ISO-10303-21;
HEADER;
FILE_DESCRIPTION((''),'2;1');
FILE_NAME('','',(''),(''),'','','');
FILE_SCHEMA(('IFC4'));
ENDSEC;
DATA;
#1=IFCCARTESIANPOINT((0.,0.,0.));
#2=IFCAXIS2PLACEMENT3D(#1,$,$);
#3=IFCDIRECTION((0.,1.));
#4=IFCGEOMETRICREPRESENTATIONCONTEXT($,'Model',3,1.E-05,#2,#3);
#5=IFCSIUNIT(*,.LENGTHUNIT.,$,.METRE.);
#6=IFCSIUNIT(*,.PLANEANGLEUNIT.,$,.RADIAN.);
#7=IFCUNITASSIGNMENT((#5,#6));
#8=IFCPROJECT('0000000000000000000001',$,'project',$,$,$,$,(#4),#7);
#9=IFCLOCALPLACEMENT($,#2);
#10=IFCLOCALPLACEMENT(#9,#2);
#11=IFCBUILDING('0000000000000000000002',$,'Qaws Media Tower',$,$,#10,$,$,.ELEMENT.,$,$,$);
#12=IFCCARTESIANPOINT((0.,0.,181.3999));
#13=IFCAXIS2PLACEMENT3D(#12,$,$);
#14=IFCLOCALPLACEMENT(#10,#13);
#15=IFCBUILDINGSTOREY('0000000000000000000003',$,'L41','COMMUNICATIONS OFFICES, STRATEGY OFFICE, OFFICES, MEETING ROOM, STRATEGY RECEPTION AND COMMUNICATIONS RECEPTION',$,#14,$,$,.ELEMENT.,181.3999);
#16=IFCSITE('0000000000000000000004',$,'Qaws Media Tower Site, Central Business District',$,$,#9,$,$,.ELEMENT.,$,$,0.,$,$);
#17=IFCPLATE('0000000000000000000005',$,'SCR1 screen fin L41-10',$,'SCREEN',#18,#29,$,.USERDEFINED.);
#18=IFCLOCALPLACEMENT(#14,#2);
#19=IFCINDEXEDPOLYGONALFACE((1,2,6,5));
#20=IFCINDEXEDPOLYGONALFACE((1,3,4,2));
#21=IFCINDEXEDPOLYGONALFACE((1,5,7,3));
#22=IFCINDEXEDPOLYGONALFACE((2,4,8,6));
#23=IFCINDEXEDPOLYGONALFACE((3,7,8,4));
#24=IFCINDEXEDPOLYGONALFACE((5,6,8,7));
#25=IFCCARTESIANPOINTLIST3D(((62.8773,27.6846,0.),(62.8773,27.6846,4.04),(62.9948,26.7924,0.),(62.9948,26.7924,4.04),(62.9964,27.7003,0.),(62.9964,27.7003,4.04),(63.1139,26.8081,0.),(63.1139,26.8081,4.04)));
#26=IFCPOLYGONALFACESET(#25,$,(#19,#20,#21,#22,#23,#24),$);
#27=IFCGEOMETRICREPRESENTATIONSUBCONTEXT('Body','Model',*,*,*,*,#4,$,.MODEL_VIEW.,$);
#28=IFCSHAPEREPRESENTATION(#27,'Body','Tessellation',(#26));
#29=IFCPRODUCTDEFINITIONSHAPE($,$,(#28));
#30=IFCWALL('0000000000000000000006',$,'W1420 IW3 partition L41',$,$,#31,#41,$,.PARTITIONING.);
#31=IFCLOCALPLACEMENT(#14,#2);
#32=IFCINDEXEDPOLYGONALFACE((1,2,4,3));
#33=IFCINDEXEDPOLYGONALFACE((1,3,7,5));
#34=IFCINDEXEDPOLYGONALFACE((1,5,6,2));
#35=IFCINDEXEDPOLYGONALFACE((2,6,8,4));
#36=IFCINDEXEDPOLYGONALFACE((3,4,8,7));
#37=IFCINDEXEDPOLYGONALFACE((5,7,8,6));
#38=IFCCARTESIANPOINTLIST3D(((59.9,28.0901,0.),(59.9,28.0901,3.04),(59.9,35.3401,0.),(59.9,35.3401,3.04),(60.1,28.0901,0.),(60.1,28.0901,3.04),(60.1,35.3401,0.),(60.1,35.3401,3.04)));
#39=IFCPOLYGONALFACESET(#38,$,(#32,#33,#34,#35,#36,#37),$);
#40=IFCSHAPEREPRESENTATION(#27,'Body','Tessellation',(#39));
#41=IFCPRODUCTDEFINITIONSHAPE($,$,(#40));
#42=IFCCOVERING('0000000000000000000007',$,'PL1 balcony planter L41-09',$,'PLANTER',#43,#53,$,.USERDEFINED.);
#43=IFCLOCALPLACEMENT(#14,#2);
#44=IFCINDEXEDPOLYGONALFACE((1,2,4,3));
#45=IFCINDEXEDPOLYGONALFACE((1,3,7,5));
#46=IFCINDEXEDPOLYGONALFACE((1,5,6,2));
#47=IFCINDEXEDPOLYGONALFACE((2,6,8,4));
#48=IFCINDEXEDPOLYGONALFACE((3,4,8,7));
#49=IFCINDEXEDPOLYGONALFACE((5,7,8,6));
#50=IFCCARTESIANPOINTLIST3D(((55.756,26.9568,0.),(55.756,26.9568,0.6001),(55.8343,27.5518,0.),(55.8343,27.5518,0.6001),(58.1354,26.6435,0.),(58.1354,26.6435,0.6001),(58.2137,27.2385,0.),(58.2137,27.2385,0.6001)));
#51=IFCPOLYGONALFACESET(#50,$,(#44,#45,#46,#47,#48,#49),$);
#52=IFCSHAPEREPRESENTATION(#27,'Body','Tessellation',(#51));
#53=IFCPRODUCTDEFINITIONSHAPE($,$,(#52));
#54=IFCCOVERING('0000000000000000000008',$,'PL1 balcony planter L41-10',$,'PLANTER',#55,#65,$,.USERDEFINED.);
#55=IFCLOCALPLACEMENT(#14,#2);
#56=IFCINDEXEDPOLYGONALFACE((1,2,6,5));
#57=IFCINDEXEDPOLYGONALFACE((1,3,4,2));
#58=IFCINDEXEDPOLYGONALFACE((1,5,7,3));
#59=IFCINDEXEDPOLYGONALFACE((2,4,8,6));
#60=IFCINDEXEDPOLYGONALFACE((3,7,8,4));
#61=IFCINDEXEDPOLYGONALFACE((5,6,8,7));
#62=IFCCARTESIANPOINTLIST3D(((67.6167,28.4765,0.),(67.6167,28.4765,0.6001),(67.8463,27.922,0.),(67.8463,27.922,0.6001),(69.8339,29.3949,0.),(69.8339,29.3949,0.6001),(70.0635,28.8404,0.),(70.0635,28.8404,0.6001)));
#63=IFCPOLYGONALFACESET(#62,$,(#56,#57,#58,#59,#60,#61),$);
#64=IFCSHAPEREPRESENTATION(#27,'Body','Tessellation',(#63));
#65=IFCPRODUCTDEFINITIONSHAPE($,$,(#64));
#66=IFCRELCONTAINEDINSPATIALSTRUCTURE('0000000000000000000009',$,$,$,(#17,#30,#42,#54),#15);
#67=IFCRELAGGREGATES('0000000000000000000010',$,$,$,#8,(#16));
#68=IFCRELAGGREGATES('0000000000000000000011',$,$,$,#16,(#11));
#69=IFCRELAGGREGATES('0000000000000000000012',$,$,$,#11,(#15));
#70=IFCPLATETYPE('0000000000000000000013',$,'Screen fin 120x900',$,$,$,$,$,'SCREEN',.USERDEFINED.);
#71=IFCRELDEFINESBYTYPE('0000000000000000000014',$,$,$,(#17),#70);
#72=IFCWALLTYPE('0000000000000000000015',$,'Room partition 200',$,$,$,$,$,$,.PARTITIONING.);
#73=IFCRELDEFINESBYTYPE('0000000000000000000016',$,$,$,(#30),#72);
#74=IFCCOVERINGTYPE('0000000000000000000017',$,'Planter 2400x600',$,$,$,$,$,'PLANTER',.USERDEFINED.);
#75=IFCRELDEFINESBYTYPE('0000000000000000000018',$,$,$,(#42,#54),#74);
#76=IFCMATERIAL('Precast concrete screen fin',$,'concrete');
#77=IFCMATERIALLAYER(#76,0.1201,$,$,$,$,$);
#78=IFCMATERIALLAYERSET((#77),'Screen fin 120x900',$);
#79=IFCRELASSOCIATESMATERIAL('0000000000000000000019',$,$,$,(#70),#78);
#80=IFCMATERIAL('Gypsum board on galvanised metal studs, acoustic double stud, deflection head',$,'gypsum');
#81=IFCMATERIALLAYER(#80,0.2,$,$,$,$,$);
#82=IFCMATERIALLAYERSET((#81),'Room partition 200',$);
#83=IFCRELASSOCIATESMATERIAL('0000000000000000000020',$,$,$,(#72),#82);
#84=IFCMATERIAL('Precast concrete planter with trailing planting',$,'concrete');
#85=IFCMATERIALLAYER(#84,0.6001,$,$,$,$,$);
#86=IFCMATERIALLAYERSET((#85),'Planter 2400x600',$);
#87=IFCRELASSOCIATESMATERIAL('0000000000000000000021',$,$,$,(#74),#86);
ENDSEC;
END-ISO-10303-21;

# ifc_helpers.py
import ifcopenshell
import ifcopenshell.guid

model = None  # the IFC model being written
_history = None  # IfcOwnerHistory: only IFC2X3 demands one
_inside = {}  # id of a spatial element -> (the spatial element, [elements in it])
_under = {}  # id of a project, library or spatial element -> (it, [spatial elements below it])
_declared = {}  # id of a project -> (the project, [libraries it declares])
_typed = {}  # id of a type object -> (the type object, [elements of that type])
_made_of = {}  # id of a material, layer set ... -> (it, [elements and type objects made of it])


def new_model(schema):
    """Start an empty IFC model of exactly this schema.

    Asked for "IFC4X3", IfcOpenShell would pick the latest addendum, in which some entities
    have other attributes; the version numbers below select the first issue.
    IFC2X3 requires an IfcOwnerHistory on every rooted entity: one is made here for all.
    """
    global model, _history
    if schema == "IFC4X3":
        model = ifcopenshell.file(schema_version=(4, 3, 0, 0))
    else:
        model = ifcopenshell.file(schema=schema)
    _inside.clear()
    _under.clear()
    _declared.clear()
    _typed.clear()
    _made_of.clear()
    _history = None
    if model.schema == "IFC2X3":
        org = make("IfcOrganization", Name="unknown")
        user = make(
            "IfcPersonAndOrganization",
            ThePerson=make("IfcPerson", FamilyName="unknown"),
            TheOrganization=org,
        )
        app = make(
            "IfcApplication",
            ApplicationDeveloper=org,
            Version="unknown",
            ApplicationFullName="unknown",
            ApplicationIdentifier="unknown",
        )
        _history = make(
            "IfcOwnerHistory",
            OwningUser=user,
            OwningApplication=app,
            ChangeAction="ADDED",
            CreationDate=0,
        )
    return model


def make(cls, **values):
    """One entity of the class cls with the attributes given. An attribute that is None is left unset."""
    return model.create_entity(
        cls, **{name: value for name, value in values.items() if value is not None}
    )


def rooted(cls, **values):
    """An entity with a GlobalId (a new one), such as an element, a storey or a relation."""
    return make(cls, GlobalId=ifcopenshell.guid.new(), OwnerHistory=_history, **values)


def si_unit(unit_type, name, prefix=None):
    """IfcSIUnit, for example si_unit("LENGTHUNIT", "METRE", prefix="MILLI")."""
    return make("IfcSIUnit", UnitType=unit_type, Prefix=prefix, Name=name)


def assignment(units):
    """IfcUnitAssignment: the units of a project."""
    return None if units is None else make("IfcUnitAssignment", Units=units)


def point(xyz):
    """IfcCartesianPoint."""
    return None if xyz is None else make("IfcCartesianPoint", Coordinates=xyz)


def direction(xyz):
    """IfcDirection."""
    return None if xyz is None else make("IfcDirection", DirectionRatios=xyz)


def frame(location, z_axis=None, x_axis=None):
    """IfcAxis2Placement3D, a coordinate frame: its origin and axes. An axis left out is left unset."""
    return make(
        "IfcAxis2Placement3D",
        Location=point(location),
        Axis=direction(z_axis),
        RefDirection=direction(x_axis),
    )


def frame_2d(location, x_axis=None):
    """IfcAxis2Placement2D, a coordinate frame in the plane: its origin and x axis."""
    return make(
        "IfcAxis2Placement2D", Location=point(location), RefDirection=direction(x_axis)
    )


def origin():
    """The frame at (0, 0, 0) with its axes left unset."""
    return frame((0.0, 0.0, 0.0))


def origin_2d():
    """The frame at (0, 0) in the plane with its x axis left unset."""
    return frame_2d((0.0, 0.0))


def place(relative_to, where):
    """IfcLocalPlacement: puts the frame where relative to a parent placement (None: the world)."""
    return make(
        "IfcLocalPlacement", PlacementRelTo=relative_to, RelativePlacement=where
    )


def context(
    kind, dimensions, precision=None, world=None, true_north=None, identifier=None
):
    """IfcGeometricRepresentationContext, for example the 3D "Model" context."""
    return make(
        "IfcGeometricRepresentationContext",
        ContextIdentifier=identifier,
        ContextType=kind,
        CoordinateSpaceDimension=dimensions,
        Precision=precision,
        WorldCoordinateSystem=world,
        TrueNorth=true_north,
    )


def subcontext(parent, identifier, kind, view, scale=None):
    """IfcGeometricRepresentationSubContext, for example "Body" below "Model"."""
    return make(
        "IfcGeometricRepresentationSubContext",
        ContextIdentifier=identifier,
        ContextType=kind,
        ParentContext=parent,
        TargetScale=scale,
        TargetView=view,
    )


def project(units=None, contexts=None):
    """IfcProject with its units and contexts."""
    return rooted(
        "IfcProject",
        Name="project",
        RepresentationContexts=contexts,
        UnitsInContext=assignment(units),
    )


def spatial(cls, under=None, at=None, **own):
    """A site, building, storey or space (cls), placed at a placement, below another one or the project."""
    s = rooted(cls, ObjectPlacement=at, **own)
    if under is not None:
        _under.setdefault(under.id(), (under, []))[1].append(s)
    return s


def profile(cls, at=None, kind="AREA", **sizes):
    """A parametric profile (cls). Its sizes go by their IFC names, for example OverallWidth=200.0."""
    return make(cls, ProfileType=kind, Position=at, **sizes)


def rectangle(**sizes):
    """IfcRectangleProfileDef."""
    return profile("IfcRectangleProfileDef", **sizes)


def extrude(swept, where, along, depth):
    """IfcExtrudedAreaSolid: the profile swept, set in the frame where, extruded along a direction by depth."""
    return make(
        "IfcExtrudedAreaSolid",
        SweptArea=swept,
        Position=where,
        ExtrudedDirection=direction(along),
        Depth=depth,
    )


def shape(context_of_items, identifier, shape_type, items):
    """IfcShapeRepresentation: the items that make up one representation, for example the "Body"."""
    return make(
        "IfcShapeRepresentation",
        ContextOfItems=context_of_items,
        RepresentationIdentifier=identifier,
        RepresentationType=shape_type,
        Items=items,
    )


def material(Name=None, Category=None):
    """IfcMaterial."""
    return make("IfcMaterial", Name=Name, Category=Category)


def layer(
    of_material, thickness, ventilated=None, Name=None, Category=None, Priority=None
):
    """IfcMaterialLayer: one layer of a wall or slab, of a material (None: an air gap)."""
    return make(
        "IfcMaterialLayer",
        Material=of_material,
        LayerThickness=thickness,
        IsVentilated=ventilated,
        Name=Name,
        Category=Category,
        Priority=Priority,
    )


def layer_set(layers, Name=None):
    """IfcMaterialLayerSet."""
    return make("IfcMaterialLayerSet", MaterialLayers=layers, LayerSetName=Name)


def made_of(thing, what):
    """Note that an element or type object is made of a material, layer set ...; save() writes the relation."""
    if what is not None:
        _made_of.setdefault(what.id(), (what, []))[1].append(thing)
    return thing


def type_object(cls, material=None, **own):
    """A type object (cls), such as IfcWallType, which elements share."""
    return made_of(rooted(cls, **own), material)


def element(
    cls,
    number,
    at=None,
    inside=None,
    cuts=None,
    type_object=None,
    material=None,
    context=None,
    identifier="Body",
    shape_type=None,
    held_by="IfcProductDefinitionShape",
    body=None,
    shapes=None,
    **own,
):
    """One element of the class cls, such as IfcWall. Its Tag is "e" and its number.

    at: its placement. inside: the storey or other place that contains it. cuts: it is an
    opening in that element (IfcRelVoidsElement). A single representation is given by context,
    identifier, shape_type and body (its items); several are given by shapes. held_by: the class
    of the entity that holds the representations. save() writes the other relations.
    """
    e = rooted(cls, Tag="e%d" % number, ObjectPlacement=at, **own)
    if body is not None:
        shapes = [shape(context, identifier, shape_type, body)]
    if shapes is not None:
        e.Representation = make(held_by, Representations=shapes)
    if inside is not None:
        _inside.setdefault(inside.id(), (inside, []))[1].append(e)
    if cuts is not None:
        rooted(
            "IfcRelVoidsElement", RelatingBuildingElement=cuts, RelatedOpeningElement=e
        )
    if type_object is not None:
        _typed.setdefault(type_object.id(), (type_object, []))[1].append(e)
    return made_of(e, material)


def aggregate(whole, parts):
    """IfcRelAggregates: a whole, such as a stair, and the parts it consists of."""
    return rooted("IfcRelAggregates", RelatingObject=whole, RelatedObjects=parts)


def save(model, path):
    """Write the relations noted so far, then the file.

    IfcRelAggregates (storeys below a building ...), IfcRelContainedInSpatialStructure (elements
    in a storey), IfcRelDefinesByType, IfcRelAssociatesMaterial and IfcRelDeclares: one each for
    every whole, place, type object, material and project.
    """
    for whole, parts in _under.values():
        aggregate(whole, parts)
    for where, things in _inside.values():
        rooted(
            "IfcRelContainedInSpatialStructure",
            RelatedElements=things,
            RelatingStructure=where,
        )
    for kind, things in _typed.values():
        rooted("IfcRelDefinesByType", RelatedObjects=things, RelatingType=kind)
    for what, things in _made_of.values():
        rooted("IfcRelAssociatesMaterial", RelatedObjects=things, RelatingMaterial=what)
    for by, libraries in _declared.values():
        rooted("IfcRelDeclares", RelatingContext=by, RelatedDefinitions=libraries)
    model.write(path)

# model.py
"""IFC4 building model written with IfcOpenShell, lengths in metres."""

from ifc_helpers import new_model, si_unit, direction, frame, frame_2d, origin, origin_2d, place, context, subcontext, project, spatial, rectangle, extrude, material, layer, layer_set, type_object, element, save


model = new_model("IFC4")

# Units and contexts
model_context = context("Model", 3, precision=1e-05, world=origin(), true_north=direction((0.0, 1.0)))
body_context = subcontext(model_context, "Body", "Model", "MODEL_VIEW")
ifc_project = project(units=[si_unit("LENGTHUNIT", "METRE"), si_unit("PLANEANGLEUNIT", "RADIAN")], contexts=[model_context])

# Site, building, storey
site_placement = place(None, origin())
site = spatial("IfcSite", under=ifc_project, at=site_placement, Name="Qaws Media Tower Site, Central Business District", CompositionType="ELEMENT", RefElevation=0.0)
building_placement = place(site_placement, origin())
building = spatial("IfcBuilding", under=site, at=building_placement, Name="Qaws Media Tower", CompositionType="ELEMENT")
storey_placement = place(building_placement, frame((0.0, 0.0, 181.3999)))
storey = spatial("IfcBuildingStorey", under=building, at=storey_placement, Name="L41", Description="COMMUNICATIONS OFFICES, STRATEGY OFFICE, OFFICES, MEETING ROOM, STRATEGY RECEPTION AND COMMUNICATIONS RECEPTION", CompositionType="ELEMENT", Elevation=181.3999)

# Plate
ifc_material_1 = material(Name="Precast concrete screen fin", Category="concrete")
ifc_layer_1 = layer(ifc_material_1, 0.1201)
ifc_layer_set_1 = layer_set([ifc_layer_1], Name="Screen fin 120x900")
plate_type_1 = type_object("IfcPlateType", Name="Screen fin 120x900", ElementType="SCREEN", PredefinedType="USERDEFINED", material=ifc_layer_set_1)
plate_1_placement = place(storey_placement, frame((62.9956, 27.2463, 0.0), z_axis=(0.0, 0.0, 1.0), x_axis=(0.130526, -0.991445, 0.0)))
element("IfcPlate", 1, at=plate_1_placement, inside=storey, type_object=plate_type_1, Name="SCR1 screen fin L41-10", ObjectType="SCREEN", PredefinedType="USERDEFINED", context=body_context, shape_type="SweptSolid", body=[
    extrude(rectangle(XDim=0.8999, YDim=0.1201, at=origin_2d()), origin(), (0.0, 0.0, 1.0), 4.04),
])

# Wall
ifc_material_2 = material(Name="Gypsum board on galvanised metal studs, acoustic double stud, deflection head", Category="gypsum")
ifc_layer_2 = layer(ifc_material_2, 0.2)
ifc_layer_set_2 = layer_set([ifc_layer_2], Name="Room partition 200")
wall_type_1 = type_object("IfcWallType", Name="Room partition 200", PredefinedType="PARTITIONING", material=ifc_layer_set_2)
wall_1_placement = place(storey_placement, frame((60.0, 35.3401, 0.0), z_axis=(0.0, 0.0, 1.0), x_axis=(0.0, -1.0, 0.0)))
element("IfcWall", 2, at=wall_1_placement, inside=storey, type_object=wall_type_1, Name="W1420 IW3 partition L41", PredefinedType="PARTITIONING", context=body_context, shape_type="SweptSolid", body=[
    extrude(rectangle(XDim=7.25, YDim=0.2, at=frame_2d((3.625, 0.0))), origin(), (0.0, 0.0, 1.0), 3.04),
])

# Coverings
ifc_material_3 = material(Name="Precast concrete planter with trailing planting", Category="concrete")
ifc_layer_3 = layer(ifc_material_3, 0.6001)
ifc_layer_set_3 = layer_set([ifc_layer_3], Name="Planter 2400x600")
covering_type = type_object("IfcCoveringType", Name="Planter 2400x600", ElementType="PLANTER", PredefinedType="USERDEFINED", material=ifc_layer_set_3)
for number, where, z_axis, x_axis, name in (
    (3, (56.9849, 27.0977, 0.0), (0.0, 0.0, 1.0), (0.991445, -0.130526, 0.0), "PL1 balcony planter L41-09"),
    (4, (68.8401, 28.6584, 0.0), (0.0, 0.0, 1.0), (0.92388, 0.382683, 0.0), "PL1 balcony planter L41-10"),
):
    element("IfcCovering", number, at=place(storey_placement, frame(where, z_axis=z_axis, x_axis=x_axis)), inside=storey, type_object=covering_type, Name=name, ObjectType="PLANTER", PredefinedType="USERDEFINED", context=body_context, shape_type="SweptSolid", body=[
        extrude(rectangle(XDim=2.3999, YDim=0.6001, at=origin_2d()), origin(), (0.0, 0.0, 1.0), 0.6001),
    ])

save(model, "model.ifc")
